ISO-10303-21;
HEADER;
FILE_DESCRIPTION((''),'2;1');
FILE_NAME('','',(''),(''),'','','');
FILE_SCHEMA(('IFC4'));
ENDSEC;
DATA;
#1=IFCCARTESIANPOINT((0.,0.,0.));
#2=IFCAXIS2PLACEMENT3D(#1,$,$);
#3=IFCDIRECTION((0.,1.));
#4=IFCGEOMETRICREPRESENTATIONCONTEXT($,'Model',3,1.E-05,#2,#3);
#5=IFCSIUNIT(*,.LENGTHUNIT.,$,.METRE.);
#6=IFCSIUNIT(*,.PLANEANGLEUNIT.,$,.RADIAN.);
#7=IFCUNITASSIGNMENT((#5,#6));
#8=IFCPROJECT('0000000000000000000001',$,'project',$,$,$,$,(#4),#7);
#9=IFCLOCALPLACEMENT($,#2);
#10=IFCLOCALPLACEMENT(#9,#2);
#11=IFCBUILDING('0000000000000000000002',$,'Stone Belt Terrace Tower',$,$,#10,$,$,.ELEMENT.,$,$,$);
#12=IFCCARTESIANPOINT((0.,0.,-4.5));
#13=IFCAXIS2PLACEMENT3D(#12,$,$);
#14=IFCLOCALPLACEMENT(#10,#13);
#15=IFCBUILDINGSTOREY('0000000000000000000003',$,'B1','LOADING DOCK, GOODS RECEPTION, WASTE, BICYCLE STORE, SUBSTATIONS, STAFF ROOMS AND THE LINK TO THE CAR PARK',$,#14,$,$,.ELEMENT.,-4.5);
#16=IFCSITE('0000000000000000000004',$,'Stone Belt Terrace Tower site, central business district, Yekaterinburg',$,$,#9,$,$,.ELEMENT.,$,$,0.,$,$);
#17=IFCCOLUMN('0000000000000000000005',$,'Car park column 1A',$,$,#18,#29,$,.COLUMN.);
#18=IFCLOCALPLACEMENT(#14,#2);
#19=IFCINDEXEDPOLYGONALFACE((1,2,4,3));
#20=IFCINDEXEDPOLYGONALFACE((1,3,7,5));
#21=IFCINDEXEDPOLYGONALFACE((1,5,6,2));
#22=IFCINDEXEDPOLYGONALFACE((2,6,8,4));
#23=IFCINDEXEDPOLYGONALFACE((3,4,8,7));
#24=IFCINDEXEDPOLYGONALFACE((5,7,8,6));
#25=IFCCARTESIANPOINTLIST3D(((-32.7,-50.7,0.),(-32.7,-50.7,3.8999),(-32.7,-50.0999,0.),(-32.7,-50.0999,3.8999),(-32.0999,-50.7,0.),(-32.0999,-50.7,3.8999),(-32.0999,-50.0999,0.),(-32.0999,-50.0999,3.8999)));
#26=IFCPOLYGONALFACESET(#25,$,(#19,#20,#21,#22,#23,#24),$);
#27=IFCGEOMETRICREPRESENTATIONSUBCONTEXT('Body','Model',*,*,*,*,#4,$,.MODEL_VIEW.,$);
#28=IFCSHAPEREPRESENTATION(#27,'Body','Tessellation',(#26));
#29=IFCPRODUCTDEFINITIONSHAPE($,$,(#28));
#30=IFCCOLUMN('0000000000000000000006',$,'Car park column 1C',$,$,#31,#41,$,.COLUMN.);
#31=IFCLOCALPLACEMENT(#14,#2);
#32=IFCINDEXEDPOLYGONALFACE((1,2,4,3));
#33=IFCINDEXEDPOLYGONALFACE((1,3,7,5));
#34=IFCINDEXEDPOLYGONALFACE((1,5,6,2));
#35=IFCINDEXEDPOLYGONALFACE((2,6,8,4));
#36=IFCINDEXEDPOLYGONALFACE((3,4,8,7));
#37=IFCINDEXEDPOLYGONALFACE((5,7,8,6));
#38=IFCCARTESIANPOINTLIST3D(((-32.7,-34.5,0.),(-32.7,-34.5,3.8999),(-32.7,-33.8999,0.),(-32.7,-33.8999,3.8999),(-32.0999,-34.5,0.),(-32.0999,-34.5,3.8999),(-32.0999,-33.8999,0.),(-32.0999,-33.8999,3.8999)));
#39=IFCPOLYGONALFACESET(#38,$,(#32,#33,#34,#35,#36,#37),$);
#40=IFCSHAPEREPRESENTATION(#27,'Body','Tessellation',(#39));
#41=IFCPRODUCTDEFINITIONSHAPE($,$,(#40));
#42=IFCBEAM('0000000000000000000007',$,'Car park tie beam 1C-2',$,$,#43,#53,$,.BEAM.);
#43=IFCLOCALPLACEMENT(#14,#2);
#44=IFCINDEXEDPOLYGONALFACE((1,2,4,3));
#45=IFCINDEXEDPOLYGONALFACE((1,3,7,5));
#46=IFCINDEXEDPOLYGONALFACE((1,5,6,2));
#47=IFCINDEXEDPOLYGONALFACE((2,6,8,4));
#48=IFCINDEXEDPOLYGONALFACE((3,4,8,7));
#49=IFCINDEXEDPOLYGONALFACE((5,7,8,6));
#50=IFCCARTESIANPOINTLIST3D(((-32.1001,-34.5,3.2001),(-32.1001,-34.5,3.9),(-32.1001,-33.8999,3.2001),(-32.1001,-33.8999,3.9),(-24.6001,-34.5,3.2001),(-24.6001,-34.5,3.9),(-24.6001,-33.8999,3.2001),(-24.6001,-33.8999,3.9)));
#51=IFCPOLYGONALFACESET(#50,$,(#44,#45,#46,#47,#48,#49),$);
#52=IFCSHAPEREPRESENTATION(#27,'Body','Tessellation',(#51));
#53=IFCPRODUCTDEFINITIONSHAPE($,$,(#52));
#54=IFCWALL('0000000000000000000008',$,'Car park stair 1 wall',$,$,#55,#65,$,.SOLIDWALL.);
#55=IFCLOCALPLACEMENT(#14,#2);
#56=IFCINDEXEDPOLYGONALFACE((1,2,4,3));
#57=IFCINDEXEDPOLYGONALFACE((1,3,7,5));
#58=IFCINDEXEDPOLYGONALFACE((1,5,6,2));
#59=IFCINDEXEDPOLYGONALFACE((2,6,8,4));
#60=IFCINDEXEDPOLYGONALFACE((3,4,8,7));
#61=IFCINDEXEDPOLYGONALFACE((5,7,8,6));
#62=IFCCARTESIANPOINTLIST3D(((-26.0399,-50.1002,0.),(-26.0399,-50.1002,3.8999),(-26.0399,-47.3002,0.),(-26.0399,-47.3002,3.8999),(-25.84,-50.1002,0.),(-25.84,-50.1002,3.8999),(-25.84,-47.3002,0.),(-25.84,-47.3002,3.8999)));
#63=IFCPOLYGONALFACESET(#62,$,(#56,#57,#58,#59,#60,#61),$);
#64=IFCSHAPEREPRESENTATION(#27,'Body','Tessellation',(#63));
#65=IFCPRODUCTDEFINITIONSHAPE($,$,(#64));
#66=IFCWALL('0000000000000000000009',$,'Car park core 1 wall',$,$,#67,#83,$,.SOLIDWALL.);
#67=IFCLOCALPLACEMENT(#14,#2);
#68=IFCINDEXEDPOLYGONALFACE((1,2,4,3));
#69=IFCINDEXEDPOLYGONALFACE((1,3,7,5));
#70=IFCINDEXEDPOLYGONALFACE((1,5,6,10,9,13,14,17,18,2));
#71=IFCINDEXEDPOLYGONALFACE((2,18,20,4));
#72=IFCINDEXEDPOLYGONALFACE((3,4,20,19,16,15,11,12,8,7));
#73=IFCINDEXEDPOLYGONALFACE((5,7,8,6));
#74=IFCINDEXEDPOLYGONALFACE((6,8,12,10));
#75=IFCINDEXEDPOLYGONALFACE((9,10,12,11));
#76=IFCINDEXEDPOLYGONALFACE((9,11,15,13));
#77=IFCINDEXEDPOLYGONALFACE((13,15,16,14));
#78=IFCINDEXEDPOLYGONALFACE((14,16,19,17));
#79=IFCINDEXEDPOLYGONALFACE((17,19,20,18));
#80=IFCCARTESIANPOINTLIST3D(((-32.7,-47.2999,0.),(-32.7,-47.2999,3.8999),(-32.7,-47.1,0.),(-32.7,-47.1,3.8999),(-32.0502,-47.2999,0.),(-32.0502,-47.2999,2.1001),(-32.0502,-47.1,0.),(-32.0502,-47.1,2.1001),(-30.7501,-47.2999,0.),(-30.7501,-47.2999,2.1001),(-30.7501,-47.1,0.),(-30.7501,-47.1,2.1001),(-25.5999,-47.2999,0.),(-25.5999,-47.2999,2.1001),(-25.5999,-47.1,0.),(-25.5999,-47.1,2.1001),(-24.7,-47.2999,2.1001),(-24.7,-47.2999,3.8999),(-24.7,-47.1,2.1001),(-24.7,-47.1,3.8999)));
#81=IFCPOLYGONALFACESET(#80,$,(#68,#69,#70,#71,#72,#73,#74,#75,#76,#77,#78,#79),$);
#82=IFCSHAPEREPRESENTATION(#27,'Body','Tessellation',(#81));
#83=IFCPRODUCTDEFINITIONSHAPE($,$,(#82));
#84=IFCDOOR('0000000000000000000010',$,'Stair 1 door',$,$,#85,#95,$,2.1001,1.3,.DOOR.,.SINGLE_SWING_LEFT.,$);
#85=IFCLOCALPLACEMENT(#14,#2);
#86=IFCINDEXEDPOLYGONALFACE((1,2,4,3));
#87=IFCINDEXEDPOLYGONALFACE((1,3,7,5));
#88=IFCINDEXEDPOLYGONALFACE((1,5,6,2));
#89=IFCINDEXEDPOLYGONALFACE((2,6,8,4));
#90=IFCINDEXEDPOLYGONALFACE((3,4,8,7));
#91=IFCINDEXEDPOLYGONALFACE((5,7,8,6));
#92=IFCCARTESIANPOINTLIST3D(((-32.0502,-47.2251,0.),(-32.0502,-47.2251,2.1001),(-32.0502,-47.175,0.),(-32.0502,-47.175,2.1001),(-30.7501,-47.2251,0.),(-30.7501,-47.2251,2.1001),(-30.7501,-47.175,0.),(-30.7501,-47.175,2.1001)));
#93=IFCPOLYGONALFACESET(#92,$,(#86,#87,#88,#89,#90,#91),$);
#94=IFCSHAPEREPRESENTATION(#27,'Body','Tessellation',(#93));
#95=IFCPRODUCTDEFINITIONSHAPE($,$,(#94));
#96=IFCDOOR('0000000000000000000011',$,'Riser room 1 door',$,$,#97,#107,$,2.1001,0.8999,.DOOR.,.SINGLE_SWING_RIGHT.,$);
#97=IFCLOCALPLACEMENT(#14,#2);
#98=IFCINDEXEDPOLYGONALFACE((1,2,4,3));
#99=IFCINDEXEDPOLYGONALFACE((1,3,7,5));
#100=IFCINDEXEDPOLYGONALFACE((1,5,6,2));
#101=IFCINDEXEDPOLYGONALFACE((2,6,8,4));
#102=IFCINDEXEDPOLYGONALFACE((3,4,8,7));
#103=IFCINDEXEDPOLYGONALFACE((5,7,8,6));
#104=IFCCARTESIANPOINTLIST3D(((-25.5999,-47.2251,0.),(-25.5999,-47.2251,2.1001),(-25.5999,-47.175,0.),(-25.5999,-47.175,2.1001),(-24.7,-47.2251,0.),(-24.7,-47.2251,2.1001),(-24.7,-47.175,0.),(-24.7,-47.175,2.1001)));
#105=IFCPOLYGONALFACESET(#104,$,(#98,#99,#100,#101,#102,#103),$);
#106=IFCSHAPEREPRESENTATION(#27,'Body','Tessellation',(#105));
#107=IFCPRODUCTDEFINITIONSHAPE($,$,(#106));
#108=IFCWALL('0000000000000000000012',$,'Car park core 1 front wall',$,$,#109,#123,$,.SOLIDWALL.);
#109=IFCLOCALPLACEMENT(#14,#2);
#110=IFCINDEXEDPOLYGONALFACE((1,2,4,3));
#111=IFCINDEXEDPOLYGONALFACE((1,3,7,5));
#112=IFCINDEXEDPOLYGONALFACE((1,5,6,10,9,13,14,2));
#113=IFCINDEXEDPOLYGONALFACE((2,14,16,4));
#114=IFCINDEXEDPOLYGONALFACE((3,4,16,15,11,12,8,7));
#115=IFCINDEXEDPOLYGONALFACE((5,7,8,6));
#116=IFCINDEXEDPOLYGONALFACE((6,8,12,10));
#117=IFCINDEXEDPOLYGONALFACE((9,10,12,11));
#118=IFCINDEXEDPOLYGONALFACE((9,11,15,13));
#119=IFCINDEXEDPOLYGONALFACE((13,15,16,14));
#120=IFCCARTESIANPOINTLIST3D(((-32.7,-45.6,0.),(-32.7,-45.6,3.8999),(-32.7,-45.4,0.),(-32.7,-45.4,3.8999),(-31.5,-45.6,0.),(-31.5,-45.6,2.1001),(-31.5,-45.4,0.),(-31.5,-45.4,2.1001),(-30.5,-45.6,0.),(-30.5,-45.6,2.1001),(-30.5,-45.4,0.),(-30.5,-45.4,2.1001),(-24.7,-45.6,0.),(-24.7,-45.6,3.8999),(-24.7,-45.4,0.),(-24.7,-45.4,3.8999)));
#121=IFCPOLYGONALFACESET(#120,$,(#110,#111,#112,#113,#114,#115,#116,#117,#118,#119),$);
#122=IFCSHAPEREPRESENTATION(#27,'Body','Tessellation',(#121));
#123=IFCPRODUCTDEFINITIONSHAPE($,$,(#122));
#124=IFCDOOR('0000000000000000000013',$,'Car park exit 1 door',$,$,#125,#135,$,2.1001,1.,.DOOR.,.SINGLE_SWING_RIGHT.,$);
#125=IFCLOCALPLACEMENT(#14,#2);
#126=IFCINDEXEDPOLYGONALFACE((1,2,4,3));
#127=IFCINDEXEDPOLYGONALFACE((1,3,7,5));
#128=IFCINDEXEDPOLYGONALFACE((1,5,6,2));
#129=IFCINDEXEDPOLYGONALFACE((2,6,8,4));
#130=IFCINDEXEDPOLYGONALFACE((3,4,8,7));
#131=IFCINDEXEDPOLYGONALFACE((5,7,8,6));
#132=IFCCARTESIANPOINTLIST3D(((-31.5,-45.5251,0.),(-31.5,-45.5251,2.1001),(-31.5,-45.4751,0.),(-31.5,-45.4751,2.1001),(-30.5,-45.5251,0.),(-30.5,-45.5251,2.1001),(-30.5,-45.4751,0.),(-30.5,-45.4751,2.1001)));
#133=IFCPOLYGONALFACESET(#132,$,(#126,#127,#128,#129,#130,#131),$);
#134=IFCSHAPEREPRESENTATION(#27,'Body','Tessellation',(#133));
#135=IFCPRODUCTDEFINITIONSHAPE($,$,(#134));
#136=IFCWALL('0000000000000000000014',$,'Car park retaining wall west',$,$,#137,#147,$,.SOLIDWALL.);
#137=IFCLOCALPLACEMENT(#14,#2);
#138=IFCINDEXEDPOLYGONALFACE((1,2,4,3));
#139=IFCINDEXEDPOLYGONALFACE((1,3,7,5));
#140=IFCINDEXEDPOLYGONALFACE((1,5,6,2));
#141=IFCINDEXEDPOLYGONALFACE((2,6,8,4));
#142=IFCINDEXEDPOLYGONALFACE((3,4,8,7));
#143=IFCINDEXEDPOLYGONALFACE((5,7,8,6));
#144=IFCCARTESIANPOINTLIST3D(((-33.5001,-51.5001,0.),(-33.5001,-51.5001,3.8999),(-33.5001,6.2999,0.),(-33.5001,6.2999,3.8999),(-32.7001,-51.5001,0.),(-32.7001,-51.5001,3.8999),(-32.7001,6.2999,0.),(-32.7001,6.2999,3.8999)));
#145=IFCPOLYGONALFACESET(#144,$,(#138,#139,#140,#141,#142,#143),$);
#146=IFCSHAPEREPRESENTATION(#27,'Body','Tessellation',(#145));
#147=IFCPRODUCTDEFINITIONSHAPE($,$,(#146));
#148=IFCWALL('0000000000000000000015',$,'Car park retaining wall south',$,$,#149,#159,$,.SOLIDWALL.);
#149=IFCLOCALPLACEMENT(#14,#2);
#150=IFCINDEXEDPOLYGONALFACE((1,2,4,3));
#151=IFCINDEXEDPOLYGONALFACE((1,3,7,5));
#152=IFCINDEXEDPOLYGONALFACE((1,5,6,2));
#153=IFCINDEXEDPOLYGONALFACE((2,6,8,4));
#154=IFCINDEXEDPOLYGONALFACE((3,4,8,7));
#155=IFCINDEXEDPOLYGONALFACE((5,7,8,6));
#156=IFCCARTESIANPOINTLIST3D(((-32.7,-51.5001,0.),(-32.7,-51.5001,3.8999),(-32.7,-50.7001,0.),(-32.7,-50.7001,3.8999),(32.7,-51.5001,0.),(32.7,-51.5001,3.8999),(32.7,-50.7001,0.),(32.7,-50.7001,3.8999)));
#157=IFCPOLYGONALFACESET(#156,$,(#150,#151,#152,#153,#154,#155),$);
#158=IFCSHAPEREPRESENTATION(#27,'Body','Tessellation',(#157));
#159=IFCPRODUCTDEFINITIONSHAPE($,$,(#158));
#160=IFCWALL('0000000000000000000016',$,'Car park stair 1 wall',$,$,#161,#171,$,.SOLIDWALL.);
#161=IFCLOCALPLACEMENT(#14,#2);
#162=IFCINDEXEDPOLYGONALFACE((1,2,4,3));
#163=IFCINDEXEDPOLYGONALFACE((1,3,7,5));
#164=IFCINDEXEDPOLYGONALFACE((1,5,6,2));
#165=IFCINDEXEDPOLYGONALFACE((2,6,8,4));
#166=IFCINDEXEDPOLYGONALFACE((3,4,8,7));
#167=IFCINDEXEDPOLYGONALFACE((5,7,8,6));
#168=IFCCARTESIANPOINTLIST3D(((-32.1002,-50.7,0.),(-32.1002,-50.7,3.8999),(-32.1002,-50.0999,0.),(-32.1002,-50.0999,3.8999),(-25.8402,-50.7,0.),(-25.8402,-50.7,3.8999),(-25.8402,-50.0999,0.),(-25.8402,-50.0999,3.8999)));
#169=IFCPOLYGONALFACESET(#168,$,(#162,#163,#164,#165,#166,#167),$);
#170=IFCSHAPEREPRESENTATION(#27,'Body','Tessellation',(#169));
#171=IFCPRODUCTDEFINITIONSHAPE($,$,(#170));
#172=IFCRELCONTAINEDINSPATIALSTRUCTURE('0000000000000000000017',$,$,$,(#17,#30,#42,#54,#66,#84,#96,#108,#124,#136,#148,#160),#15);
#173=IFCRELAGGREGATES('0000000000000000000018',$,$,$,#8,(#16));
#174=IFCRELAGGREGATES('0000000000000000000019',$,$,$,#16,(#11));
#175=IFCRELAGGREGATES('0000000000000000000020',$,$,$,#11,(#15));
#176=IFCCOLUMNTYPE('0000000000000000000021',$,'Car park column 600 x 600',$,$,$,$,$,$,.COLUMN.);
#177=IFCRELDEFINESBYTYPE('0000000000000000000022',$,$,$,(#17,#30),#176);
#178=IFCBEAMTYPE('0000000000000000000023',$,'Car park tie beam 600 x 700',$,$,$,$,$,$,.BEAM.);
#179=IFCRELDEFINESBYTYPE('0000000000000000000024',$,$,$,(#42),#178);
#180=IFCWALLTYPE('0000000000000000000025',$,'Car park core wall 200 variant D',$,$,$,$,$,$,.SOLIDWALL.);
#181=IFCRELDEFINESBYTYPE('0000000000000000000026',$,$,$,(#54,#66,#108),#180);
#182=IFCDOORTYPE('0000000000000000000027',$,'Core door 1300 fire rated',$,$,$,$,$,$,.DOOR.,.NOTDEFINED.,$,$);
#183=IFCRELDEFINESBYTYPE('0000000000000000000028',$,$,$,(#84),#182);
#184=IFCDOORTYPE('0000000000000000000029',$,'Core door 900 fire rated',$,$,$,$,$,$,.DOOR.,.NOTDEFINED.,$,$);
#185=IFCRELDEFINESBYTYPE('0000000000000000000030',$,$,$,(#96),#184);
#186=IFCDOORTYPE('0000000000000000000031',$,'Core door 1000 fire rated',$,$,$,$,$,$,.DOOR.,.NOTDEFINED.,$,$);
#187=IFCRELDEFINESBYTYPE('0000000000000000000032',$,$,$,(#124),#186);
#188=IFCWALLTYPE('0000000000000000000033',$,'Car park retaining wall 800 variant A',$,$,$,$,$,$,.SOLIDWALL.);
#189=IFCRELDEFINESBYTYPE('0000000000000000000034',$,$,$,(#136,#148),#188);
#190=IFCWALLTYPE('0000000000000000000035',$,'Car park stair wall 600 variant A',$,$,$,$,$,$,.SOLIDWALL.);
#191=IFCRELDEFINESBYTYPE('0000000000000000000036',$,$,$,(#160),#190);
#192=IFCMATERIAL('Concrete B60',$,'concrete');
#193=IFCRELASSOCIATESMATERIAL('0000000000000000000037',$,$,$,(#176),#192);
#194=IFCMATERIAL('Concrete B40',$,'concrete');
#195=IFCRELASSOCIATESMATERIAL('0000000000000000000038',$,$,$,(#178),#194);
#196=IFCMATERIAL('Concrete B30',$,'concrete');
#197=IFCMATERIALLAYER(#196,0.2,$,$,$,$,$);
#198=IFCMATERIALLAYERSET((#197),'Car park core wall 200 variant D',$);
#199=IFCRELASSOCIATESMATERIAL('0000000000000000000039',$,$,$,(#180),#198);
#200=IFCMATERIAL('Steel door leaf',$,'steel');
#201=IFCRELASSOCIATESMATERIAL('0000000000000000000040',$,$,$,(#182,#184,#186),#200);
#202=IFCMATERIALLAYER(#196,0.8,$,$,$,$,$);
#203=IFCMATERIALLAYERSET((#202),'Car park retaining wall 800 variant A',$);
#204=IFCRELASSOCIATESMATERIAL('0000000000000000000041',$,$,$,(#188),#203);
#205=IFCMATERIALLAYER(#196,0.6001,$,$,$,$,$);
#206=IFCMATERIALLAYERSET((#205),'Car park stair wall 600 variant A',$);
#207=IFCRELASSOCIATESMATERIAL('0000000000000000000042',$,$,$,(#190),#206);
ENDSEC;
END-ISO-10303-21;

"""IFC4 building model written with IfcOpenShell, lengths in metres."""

from ifc_helpers import new_model, si_unit, direction, frame, frame_2d, origin, origin_2d, place, context, subcontext, project, spatial, rectangle, extrude, material, layer, layer_set, material_profile, profile_set, type_object, element, fill, save


model = new_model("IFC4")

# Units and contexts
model_context = context("Model", 3, precision=1e-05, world=origin(), true_north=direction((0.0, 1.0)))
body_context = subcontext(model_context, "Body", "Model", "MODEL_VIEW")
ifc_project = project(units=[si_unit("LENGTHUNIT", "METRE"), si_unit("PLANEANGLEUNIT", "RADIAN")], contexts=[model_context])

# Site, building, storey
site_placement = place(None, origin())
site = spatial("IfcSite", under=ifc_project, at=site_placement, Name="Stone Belt Terrace Tower site, central business district, Yekaterinburg", CompositionType="ELEMENT", RefElevation=0.0)
building_placement = place(site_placement, origin())
building = spatial("IfcBuilding", under=site, at=building_placement, Name="Stone Belt Terrace Tower", CompositionType="ELEMENT")
storey_placement = place(building_placement, frame((0.0, 0.0, -4.5)))
storey = spatial("IfcBuildingStorey", under=building, at=storey_placement, Name="B1", Description="LOADING DOCK, GOODS RECEPTION, WASTE, BICYCLE STORE, SUBSTATIONS, STAFF ROOMS AND THE LINK TO THE CAR PARK", CompositionType="ELEMENT", Elevation=-4.5)

# Columns
ifc_material_1 = material(Name="Concrete B60", Category="concrete")
ifc_material_profile_1 = material_profile(ifc_material_1, rectangle(XDim=0.6001, YDim=0.6001, at=origin_2d()), Name="Car park column 600 x 600")
ifc_profile_set_1 = profile_set([ifc_material_profile_1], Name="Concrete B60")
column_type = type_object("IfcColumnType", Name="Car park column 600 x 600", PredefinedType="COLUMN", material=ifc_profile_set_1)
for number, where, z_axis, x_axis, name in (
    (1, (-32.3999, -50.3999, 0.0), (0.0, 0.0, 1.0), (1.0, 0.0, 0.0), "Car park column 1A"),
    (2, (-32.3999, -34.2, 0.0), (0.0, 0.0, 1.0), (1.0, 0.0, 0.0), "Car park column 1C"),
):
    element("IfcColumn", number, at=place(storey_placement, frame(where, z_axis=z_axis, x_axis=x_axis)), inside=storey, type_object=column_type, Name=name, PredefinedType="COLUMN", context=body_context, shape_type="SweptSolid", body=[
        extrude(rectangle(XDim=0.6001, YDim=0.6001, at=origin_2d()), origin(), (0.0, 0.0, 1.0), 3.8999),
    ])

# Beam
ifc_material_2 = material(Name="Concrete B40", Category="concrete")
ifc_material_profile_2 = material_profile(ifc_material_2, rectangle(XDim=0.6001, YDim=0.7, at=origin_2d()), Name="Car park tie beam 600 x 700")
ifc_profile_set_2 = profile_set([ifc_material_profile_2], Name="Concrete B40")
beam_type = type_object("IfcBeamType", Name="Car park tie beam 600 x 700", PredefinedType="BEAM", material=ifc_profile_set_2)
beam_placement = place(storey_placement, frame((-32.1001, -34.2, 3.55), z_axis=(1.0, 0.0, 0.0), x_axis=(0.0, 1.0, 0.0)))
element("IfcBeam", 3, at=beam_placement, inside=storey, type_object=beam_type, Name="Car park tie beam 1C-2", PredefinedType="BEAM", context=body_context, shape_type="SweptSolid", body=[
    extrude(rectangle(XDim=0.6001, YDim=0.7, at=origin_2d()), origin(), (0.0, 0.0, 1.0), 7.5),
])

# Wall
ifc_material_3 = material(Name="Concrete B30", Category="concrete")
ifc_layer_1 = layer(ifc_material_3, 0.2)
ifc_layer_set_1 = layer_set([ifc_layer_1], Name="Car park core wall 200 variant D")
wall_type_1 = type_object("IfcWallType", Name="Car park core wall 200 variant D", PredefinedType="SOLIDWALL", material=ifc_layer_set_1)
wall_1_placement = place(storey_placement, frame((-25.9399, -50.1001, 0.0), z_axis=(0.0, 0.0, 1.0), x_axis=(0.0, 1.0, 0.0)))
element("IfcWall", 4, at=wall_1_placement, inside=storey, type_object=wall_type_1, Name="Car park stair 1 wall", PredefinedType="SOLIDWALL", context=body_context, shape_type="SweptSolid", body=[
    extrude(rectangle(XDim=2.8, YDim=0.2, at=frame_2d((1.3999, 0.0))), origin(), (0.0, 0.0, 1.0), 3.8999),
])

# Wall, openings, doors
wall_2_placement = place(storey_placement, frame((-32.7, -47.2, 0.0), z_axis=(0.0, 0.0, 1.0), x_axis=(1.0, 0.0, 0.0)))
wall_2 = element("IfcWall", 5, at=wall_2_placement, inside=storey, type_object=wall_type_1, Name="Car park core 1 wall", PredefinedType="SOLIDWALL", context=body_context, shape_type="SweptSolid", body=[
    extrude(rectangle(XDim=8.0, YDim=0.2, at=frame_2d((4.0, 0.0))), origin(), (0.0, 0.0, 1.0), 3.8999),
])
opening_1_placement = place(wall_2_placement, frame((0.6499, 0.0, 0.0)))
opening_1 = element("IfcOpeningElement", 6, at=opening_1_placement, cuts=wall_2, PredefinedType="OPENING", context=body_context, shape_type="SweptSolid", body=[
    extrude(rectangle(XDim=1.3, YDim=2.1001, at=frame_2d((0.6499, 1.05))), frame((0.0, 0.1099, 0.0), z_axis=(0.0, -1.0, 0.0), x_axis=(1.0, 0.0, 0.0)), (0.0, 0.0, 1.0), 0.22),
])
opening_2_placement = place(wall_2_placement, frame((7.1001, 0.0, 0.0)))
opening_2 = element("IfcOpeningElement", 7, at=opening_2_placement, cuts=wall_2, PredefinedType="OPENING", context=body_context, shape_type="SweptSolid", body=[
    extrude(rectangle(XDim=0.8999, YDim=2.1001, at=frame_2d((0.45, 1.05))), frame((0.0, 0.1099, 0.0), z_axis=(0.0, -1.0, 0.0), x_axis=(1.0, 0.0, 0.0)), (0.0, 0.0, 1.0), 0.22),
])
ifc_material_4 = material(Name="Steel door leaf", Category="steel")
door_type_1 = type_object("IfcDoorType", Name="Core door 1300 fire rated", OperationType="NOTDEFINED", PredefinedType="DOOR", material=ifc_material_4)
door_1_placement = place(opening_1_placement, origin())
door_1 = element("IfcDoor", 8, at=door_1_placement, inside=storey, type_object=door_type_1, Name="Stair 1 door", OperationType="SINGLE_SWING_LEFT", OverallHeight=2.1001, OverallWidth=1.3, PredefinedType="DOOR", context=body_context, shape_type="SweptSolid", body=[
    extrude(rectangle(XDim=1.3, YDim=2.1001, at=frame_2d((0.6499, 1.05))), frame((0.0, 0.0249, 0.0), z_axis=(0.0, -1.0, 0.0), x_axis=(1.0, 0.0, 0.0)), (0.0, 0.0, 1.0), 0.05),
])
fill(opening_1, door_1)
door_type_2 = type_object("IfcDoorType", Name="Core door 900 fire rated", OperationType="NOTDEFINED", PredefinedType="DOOR", material=ifc_material_4)
door_2_placement = place(opening_2_placement, origin())
door_2 = element("IfcDoor", 9, at=door_2_placement, inside=storey, type_object=door_type_2, Name="Riser room 1 door", OperationType="SINGLE_SWING_RIGHT", OverallHeight=2.1001, OverallWidth=0.8999, PredefinedType="DOOR", context=body_context, shape_type="SweptSolid", body=[
    extrude(rectangle(XDim=0.8999, YDim=2.1001, at=frame_2d((0.45, 1.05))), frame((0.0, 0.0249, 0.0), z_axis=(0.0, -1.0, 0.0), x_axis=(1.0, 0.0, 0.0)), (0.0, 0.0, 1.0), 0.05),
])
fill(opening_2, door_2)

# Wall, opening, door
wall_3_placement = place(storey_placement, frame((-32.7, -45.5, 0.0), z_axis=(0.0, 0.0, 1.0), x_axis=(1.0, 0.0, 0.0)))
wall_3 = element("IfcWall", 10, at=wall_3_placement, inside=storey, type_object=wall_type_1, Name="Car park core 1 front wall", PredefinedType="SOLIDWALL", context=body_context, shape_type="SweptSolid", body=[
    extrude(rectangle(XDim=8.0, YDim=0.2, at=frame_2d((4.0, 0.0))), origin(), (0.0, 0.0, 1.0), 3.8999),
])
opening_3_placement = place(wall_3_placement, frame((1.2, 0.0, 0.0)))
opening_3 = element("IfcOpeningElement", 11, at=opening_3_placement, cuts=wall_3, PredefinedType="OPENING", context=body_context, shape_type="SweptSolid", body=[
    extrude(rectangle(XDim=1.0, YDim=2.1001, at=frame_2d((0.5, 1.05))), frame((0.0, 0.1099, 0.0), z_axis=(0.0, -1.0, 0.0), x_axis=(1.0, 0.0, 0.0)), (0.0, 0.0, 1.0), 0.22),
])
door_type_3 = type_object("IfcDoorType", Name="Core door 1000 fire rated", OperationType="NOTDEFINED", PredefinedType="DOOR", material=ifc_material_4)
door_3_placement = place(opening_3_placement, origin())
door_3 = element("IfcDoor", 12, at=door_3_placement, inside=storey, type_object=door_type_3, Name="Car park exit 1 door", OperationType="SINGLE_SWING_RIGHT", OverallHeight=2.1001, OverallWidth=1.0, PredefinedType="DOOR", context=body_context, shape_type="SweptSolid", body=[
    extrude(rectangle(XDim=1.0, YDim=2.1001, at=frame_2d((0.5, 1.05))), frame((0.0, 0.0249, 0.0), z_axis=(0.0, -1.0, 0.0), x_axis=(1.0, 0.0, 0.0)), (0.0, 0.0, 1.0), 0.05),
])
fill(opening_3, door_3)

# Walls
ifc_layer_2 = layer(ifc_material_3, 0.8)
ifc_layer_set_2 = layer_set([ifc_layer_2], Name="Car park retaining wall 800 variant A")
wall_type_2 = type_object("IfcWallType", Name="Car park retaining wall 800 variant A", PredefinedType="SOLIDWALL", material=ifc_layer_set_2)
wall_4_placement = place(storey_placement, frame((-33.1001, -51.5, 0.0), z_axis=(0.0, 0.0, 1.0), x_axis=(0.0, 1.0, 0.0)))
element("IfcWall", 13, at=wall_4_placement, inside=storey, type_object=wall_type_2, Name="Car park retaining wall west", PredefinedType="SOLIDWALL", context=body_context, shape_type="SweptSolid", body=[
    extrude(rectangle(XDim=57.8, YDim=0.8, at=frame_2d((28.8999, 0.0))), origin(), (0.0, 0.0, 1.0), 3.8999),
])
wall_5_placement = place(storey_placement, frame((-32.7, -51.1001, 0.0), z_axis=(0.0, 0.0, 1.0), x_axis=(1.0, 0.0, 0.0)))
element("IfcWall", 14, at=wall_5_placement, inside=storey, type_object=wall_type_2, Name="Car park retaining wall south", PredefinedType="SOLIDWALL", context=body_context, shape_type="SweptSolid", body=[
    extrude(rectangle(XDim=65.3999, YDim=0.8, at=frame_2d((32.7, 0.0))), origin(), (0.0, 0.0, 1.0), 3.8999),
])
ifc_layer_3 = layer(ifc_material_3, 0.6001)
ifc_layer_set_3 = layer_set([ifc_layer_3], Name="Car park stair wall 600 variant A")
wall_type_3 = type_object("IfcWallType", Name="Car park stair wall 600 variant A", PredefinedType="SOLIDWALL", material=ifc_layer_set_3)
wall_6_placement = place(storey_placement, frame((-32.1001, -50.3999, 0.0), z_axis=(0.0, 0.0, 1.0), x_axis=(1.0, 0.0, 0.0)))
element("IfcWall", 15, at=wall_6_placement, inside=storey, type_object=wall_type_3, Name="Car park stair 1 wall", PredefinedType="SOLIDWALL", context=body_context, shape_type="SweptSolid", body=[
    extrude(rectangle(XDim=6.26, YDim=0.6001, at=frame_2d((3.1299, 0.0))), origin(), (0.0, 0.0, 1.0), 3.8999),
])

save(model, "model.ifc")
